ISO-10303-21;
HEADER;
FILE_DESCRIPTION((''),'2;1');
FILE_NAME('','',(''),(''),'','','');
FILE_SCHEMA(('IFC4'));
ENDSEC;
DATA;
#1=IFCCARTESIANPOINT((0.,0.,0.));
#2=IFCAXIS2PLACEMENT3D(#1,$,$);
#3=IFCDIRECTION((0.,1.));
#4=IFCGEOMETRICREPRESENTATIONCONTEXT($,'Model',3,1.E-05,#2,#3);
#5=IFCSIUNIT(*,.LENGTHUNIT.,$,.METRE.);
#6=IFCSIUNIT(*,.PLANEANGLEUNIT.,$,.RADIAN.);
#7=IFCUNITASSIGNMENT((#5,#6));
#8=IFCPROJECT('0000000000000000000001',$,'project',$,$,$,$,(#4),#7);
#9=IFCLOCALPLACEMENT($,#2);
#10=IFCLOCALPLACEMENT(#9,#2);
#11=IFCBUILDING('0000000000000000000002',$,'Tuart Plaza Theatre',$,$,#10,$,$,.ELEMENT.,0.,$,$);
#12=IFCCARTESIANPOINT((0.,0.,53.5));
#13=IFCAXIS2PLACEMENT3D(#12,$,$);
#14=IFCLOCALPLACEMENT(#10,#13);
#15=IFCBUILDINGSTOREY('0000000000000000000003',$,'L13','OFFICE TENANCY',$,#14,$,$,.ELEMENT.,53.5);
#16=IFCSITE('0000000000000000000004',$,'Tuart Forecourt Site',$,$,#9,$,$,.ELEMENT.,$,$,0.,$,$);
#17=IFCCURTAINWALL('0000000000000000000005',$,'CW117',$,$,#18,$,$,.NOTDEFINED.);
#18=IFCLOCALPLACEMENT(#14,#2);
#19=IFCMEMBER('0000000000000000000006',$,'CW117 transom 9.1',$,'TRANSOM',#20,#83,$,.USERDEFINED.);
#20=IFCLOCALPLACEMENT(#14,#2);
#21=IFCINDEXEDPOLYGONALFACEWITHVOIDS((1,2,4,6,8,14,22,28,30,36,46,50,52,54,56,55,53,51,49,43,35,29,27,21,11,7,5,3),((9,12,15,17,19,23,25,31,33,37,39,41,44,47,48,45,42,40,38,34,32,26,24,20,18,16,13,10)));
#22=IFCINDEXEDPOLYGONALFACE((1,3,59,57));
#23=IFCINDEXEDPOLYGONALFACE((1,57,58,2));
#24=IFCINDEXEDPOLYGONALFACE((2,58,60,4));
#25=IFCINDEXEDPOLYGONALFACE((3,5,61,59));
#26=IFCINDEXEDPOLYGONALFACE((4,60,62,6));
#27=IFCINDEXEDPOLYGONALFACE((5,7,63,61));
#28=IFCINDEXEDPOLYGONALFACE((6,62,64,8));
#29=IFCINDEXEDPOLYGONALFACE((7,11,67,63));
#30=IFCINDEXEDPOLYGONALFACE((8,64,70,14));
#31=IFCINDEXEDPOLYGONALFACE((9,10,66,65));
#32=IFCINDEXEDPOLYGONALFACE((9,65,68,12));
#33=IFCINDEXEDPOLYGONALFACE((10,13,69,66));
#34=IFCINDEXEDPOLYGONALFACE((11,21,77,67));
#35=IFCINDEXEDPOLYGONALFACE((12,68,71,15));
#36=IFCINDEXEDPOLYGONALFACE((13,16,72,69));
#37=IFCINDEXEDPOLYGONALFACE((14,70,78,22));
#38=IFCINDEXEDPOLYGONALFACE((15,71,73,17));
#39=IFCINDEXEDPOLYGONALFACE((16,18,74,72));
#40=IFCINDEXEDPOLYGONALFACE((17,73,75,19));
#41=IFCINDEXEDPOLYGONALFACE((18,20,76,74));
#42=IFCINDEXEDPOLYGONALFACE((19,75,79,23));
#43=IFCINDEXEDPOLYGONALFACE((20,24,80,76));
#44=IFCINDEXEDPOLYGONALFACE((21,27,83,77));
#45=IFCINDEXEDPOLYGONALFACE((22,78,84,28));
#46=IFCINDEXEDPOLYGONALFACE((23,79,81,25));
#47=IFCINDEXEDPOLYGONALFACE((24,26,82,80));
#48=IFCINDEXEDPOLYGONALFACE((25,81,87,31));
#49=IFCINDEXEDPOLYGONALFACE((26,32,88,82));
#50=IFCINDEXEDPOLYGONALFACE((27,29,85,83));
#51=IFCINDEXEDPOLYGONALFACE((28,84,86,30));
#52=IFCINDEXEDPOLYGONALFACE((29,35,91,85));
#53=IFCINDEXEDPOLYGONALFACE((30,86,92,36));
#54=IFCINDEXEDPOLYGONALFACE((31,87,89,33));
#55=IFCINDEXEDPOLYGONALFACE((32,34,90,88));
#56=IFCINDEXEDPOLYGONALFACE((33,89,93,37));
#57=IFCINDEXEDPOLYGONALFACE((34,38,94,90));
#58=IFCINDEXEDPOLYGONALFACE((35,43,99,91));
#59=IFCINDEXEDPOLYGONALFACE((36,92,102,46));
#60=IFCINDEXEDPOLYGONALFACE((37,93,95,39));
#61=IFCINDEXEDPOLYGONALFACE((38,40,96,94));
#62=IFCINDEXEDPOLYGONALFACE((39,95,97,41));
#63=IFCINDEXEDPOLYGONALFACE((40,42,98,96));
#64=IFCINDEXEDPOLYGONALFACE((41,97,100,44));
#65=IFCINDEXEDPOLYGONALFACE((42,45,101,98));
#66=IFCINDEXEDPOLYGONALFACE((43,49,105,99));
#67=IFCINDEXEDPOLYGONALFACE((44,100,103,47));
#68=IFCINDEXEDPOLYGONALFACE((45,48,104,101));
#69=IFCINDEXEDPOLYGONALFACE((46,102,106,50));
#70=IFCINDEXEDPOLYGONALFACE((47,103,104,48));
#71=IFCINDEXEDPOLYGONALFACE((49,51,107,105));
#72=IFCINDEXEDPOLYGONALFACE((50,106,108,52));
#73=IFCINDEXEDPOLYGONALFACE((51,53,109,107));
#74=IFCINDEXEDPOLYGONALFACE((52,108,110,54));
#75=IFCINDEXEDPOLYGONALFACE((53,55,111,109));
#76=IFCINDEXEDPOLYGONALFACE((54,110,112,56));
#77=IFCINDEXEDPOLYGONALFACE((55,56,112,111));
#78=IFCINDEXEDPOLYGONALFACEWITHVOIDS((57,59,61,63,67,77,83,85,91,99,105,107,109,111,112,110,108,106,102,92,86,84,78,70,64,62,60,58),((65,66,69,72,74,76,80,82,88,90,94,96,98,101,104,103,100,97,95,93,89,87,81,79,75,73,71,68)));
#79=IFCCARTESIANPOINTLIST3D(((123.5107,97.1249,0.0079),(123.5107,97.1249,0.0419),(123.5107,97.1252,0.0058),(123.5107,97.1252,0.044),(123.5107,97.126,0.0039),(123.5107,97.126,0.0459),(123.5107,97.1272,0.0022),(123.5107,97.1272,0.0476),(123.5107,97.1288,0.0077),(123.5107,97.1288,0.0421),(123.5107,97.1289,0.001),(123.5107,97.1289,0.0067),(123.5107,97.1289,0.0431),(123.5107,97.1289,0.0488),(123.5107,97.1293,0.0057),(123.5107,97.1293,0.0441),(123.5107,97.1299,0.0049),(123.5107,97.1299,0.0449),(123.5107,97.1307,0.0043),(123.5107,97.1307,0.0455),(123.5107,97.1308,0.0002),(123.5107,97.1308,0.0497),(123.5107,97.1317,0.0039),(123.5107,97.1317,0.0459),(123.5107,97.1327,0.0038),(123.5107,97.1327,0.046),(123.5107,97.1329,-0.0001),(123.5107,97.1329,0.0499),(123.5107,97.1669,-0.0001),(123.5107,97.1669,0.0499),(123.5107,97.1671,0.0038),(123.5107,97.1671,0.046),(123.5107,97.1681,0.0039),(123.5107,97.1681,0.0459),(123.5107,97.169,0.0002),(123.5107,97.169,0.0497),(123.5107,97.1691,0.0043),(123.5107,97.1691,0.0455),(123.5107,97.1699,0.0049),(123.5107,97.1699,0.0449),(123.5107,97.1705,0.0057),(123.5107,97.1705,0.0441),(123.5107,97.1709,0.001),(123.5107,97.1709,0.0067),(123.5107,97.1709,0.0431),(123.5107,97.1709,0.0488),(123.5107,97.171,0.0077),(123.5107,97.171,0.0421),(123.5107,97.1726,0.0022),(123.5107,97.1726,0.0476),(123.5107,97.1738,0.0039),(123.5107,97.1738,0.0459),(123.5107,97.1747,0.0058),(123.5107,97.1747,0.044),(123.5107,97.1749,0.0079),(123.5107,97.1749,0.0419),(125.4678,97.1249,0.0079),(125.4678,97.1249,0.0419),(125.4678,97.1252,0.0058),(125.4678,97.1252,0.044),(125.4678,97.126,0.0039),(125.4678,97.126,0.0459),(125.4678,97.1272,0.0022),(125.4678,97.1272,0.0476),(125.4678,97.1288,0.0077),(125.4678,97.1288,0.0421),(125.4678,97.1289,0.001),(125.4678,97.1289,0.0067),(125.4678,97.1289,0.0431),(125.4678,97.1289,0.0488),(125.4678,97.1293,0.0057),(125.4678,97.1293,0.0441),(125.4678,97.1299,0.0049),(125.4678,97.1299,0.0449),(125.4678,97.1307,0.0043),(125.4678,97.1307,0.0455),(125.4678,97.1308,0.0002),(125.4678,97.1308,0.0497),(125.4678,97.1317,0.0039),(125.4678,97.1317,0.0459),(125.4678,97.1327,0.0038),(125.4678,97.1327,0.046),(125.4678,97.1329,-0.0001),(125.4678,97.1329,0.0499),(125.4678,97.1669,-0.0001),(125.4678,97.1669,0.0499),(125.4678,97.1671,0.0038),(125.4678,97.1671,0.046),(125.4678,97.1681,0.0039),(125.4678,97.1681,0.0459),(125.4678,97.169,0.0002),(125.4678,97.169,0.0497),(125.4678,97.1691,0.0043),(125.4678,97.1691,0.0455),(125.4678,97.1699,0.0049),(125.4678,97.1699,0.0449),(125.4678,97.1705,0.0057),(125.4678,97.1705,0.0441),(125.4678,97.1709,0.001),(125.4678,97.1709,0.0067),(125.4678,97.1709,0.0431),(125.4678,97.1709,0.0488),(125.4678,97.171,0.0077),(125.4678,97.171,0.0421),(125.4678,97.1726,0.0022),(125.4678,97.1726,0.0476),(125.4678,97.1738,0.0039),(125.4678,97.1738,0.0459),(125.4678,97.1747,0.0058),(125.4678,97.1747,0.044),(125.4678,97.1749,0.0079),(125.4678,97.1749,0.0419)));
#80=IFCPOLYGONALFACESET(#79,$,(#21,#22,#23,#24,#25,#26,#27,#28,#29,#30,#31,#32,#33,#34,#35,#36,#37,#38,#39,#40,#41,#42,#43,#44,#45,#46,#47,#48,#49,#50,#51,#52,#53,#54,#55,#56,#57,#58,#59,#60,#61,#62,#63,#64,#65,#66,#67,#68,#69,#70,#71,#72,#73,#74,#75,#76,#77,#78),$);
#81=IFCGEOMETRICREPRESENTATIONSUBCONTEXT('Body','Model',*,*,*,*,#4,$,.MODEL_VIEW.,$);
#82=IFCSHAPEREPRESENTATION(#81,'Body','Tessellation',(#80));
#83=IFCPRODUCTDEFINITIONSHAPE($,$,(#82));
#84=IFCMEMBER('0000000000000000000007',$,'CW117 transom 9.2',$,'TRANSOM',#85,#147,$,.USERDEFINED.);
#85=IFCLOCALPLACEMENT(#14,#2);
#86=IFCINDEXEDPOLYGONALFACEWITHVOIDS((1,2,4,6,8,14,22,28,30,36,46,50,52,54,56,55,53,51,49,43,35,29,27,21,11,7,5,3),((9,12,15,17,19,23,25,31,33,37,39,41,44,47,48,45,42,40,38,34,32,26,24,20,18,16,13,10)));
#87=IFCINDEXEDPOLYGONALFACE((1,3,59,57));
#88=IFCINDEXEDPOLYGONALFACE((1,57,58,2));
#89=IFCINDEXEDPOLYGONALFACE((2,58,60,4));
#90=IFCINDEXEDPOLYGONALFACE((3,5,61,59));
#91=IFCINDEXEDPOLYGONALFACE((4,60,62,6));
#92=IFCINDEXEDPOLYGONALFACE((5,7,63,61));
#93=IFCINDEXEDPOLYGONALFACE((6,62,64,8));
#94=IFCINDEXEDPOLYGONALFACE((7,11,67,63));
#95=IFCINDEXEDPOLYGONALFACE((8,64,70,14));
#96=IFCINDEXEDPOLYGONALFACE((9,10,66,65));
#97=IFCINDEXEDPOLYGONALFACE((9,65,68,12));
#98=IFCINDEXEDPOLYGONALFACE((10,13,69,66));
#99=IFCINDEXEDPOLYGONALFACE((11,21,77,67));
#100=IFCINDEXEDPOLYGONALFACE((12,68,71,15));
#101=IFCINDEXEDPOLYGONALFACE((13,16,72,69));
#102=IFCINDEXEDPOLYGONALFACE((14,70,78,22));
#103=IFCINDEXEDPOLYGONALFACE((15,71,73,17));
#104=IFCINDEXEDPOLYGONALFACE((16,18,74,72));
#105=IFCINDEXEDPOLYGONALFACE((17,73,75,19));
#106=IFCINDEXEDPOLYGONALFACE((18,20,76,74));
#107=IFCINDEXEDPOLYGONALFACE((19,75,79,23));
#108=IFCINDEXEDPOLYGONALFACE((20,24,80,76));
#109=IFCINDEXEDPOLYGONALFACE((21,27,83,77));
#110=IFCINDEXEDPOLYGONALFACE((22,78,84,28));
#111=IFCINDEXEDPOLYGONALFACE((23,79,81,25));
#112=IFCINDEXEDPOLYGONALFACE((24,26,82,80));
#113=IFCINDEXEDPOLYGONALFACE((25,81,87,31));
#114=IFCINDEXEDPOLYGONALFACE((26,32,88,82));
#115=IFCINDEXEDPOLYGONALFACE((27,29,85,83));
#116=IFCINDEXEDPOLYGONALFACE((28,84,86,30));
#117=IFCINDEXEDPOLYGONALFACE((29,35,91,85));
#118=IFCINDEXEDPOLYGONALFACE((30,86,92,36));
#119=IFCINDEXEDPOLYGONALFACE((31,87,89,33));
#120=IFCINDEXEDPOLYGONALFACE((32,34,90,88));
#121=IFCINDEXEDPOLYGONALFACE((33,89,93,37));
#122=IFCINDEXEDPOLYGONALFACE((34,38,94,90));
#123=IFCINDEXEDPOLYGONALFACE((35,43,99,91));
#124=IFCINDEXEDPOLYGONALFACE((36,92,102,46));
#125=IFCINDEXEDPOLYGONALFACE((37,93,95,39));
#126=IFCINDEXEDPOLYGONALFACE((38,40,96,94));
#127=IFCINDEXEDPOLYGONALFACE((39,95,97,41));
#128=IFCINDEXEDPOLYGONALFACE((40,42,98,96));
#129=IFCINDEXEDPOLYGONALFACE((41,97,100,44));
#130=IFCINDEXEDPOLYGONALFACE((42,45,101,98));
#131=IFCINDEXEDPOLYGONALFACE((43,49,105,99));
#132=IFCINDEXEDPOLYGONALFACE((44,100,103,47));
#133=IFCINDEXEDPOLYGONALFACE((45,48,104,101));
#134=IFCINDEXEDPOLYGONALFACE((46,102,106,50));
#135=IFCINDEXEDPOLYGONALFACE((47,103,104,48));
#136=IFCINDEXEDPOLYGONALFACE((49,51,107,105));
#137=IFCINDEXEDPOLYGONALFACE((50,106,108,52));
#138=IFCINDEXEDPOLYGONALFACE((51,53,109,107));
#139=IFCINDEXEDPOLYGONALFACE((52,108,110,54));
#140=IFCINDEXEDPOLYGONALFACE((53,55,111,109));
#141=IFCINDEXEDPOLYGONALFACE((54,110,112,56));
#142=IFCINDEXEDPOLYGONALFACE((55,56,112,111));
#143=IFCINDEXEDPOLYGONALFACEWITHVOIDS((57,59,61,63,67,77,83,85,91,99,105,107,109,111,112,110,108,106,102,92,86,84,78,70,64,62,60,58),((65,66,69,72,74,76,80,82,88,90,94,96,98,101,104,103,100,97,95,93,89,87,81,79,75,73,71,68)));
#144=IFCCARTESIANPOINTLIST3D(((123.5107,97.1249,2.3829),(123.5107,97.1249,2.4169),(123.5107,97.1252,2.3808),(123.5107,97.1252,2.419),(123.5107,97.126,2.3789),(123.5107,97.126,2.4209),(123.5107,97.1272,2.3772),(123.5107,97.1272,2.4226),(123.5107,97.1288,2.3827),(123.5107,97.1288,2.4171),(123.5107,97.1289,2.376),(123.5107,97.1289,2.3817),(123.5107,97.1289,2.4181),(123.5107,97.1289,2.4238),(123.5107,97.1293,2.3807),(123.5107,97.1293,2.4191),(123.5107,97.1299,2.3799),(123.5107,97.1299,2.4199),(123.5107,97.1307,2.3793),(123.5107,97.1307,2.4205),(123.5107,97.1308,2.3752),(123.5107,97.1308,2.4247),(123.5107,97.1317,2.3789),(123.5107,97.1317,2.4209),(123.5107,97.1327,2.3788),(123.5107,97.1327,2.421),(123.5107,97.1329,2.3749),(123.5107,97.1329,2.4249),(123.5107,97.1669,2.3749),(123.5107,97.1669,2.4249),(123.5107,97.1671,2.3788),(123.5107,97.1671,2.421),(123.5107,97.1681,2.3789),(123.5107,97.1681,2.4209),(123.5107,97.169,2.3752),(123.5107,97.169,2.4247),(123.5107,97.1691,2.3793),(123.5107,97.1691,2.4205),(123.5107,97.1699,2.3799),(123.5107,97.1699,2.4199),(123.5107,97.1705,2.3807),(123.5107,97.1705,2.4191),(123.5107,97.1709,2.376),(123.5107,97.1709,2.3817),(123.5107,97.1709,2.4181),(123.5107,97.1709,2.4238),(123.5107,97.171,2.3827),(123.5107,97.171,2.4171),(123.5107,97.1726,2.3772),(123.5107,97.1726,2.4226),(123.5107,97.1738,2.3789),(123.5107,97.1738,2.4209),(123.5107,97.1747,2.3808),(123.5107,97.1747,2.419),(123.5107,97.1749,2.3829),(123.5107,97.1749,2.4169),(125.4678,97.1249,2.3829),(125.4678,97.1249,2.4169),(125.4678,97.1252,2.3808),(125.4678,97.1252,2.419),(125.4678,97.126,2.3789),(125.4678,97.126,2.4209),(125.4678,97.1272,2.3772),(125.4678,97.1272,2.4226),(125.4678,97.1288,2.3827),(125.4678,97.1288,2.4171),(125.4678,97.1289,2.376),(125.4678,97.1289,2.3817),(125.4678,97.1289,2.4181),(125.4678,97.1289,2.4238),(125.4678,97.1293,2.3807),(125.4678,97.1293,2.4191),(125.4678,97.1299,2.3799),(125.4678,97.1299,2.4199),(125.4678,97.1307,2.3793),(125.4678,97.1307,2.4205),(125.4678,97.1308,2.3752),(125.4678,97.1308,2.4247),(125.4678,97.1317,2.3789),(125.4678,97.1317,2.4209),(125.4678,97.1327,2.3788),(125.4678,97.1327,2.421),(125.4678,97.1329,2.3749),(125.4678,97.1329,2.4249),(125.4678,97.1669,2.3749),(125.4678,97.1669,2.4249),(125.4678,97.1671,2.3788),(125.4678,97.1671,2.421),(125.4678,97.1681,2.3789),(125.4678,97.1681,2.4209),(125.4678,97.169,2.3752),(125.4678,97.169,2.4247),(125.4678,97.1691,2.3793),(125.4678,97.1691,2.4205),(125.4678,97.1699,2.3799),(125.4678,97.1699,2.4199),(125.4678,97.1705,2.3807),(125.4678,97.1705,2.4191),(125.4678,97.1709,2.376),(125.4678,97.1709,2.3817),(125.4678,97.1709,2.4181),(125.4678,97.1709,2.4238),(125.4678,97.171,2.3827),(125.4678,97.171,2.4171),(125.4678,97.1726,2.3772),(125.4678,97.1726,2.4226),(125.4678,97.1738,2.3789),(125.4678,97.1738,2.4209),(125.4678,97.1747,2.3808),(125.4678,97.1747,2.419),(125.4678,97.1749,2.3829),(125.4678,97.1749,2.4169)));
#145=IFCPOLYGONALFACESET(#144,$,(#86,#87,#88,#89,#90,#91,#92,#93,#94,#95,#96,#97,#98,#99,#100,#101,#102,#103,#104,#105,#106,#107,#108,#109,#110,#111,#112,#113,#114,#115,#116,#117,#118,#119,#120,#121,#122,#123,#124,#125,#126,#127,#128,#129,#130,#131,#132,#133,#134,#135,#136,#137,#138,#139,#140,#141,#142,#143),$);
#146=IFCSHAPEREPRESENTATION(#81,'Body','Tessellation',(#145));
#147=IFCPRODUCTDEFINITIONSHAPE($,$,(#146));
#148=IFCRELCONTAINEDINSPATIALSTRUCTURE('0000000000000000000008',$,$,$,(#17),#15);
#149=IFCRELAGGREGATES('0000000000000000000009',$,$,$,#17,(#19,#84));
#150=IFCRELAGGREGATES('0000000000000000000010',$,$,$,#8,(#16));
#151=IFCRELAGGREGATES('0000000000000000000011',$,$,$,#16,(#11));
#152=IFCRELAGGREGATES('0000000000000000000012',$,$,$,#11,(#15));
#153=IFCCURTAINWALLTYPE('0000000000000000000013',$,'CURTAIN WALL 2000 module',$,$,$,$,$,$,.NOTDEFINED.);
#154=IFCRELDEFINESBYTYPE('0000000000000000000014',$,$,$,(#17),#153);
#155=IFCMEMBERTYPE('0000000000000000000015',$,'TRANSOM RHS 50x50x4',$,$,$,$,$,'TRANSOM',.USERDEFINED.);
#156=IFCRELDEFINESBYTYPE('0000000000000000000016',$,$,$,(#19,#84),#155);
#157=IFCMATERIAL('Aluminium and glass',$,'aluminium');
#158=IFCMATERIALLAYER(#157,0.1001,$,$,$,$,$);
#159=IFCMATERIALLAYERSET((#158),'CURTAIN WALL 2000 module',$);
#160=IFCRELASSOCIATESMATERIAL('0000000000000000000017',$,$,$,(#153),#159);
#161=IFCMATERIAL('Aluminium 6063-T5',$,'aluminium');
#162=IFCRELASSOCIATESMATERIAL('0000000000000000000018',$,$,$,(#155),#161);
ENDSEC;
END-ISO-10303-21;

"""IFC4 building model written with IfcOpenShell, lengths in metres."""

from ifc_helpers import new_model, si_unit, direction, frame, origin, origin_2d, place, context, subcontext, project, spatial, hollow_rectangle, extrude, material, layer, layer_set, material_profile, profile_set, type_object, element, aggregate, save


model = new_model("IFC4")

# Units and contexts
model_context = context("Model", 3, precision=1e-05, world=origin(), true_north=direction((0.0, 1.0)))
body_context = subcontext(model_context, "Body", "Model", "MODEL_VIEW")
ifc_project = project(units=[si_unit("LENGTHUNIT", "METRE"), si_unit("PLANEANGLEUNIT", "RADIAN")], contexts=[model_context])

# Site, building, storey
site_placement = place(None, origin())
site = spatial("IfcSite", under=ifc_project, at=site_placement, Name="Tuart Forecourt Site", CompositionType="ELEMENT", RefElevation=0.0)
building_placement = place(site_placement, origin())
building = spatial("IfcBuilding", under=site, at=building_placement, Name="Tuart Plaza Theatre", CompositionType="ELEMENT", ElevationOfRefHeight=0.0)
storey_placement = place(building_placement, frame((0.0, 0.0, 53.5)))
storey = spatial("IfcBuildingStorey", under=building, at=storey_placement, Name="L13", Description="OFFICE TENANCY", CompositionType="ELEMENT", Elevation=53.5)

# Curtain wall, members
ifc_material_1 = material(Name="Aluminium and glass", Category="aluminium")
ifc_layer_1 = layer(ifc_material_1, 0.1001)
ifc_layer_set_1 = layer_set([ifc_layer_1], Name="CURTAIN WALL 2000 module")
curtain_wall_type = type_object("IfcCurtainWallType", Name="CURTAIN WALL 2000 module", PredefinedType="NOTDEFINED", material=ifc_layer_set_1)
curtain_wall_placement = place(storey_placement, origin())
curtain_wall = element("IfcCurtainWall", 1, at=curtain_wall_placement, inside=storey, type_object=curtain_wall_type, Name="CW117", PredefinedType="NOTDEFINED")
ifc_material_2 = material(Name="Aluminium 6063-T5", Category="aluminium")
ifc_material_profile_1 = material_profile(ifc_material_2, hollow_rectangle(XDim=0.05, YDim=0.05, WallThickness=0.0039, InnerFilletRadius=0.0039, OuterFilletRadius=0.0081, at=origin_2d()), Name="RHS 50x50x4")
ifc_profile_set_1 = profile_set([ifc_material_profile_1], Name="Aluminium 6063-T5")
member_type_1 = type_object("IfcMemberType", Name="TRANSOM RHS 50x50x4", ElementType="TRANSOM", PredefinedType="USERDEFINED", material=ifc_profile_set_1)
member_1_placement = place(storey_placement, frame((125.4678, 97.1499, 0.0249), z_axis=(-1.0, 0.0, 0.0), x_axis=(0.0, -1.0, 0.0)))
member_1 = element("IfcMember", 2, at=member_1_placement, type_object=member_type_1, Name="CW117 transom 9.1", ObjectType="TRANSOM", PredefinedType="USERDEFINED", context=body_context, shape_type="SweptSolid", body=[
    extrude(hollow_rectangle(XDim=0.05, YDim=0.05, WallThickness=0.0039, InnerFilletRadius=0.0039, OuterFilletRadius=0.0081, at=origin_2d()), origin(), (0.0, 0.0, 1.0), 1.957),
])
member_2_placement = place(storey_placement, frame((125.4678, 97.1499, 2.3999), z_axis=(-1.0, 0.0, 0.0), x_axis=(0.0, -1.0, 0.0)))
member_2 = element("IfcMember", 3, at=member_2_placement, type_object=member_type_1, Name="CW117 transom 9.2", ObjectType="TRANSOM", PredefinedType="USERDEFINED", context=body_context, shape_type="SweptSolid", body=[
    extrude(hollow_rectangle(XDim=0.05, YDim=0.05, WallThickness=0.0039, InnerFilletRadius=0.0039, OuterFilletRadius=0.0081, at=origin_2d()), origin(), (0.0, 0.0, 1.0), 1.957),
])
aggregate(curtain_wall, [member_1, member_2])

save(model, "model.ifc")
